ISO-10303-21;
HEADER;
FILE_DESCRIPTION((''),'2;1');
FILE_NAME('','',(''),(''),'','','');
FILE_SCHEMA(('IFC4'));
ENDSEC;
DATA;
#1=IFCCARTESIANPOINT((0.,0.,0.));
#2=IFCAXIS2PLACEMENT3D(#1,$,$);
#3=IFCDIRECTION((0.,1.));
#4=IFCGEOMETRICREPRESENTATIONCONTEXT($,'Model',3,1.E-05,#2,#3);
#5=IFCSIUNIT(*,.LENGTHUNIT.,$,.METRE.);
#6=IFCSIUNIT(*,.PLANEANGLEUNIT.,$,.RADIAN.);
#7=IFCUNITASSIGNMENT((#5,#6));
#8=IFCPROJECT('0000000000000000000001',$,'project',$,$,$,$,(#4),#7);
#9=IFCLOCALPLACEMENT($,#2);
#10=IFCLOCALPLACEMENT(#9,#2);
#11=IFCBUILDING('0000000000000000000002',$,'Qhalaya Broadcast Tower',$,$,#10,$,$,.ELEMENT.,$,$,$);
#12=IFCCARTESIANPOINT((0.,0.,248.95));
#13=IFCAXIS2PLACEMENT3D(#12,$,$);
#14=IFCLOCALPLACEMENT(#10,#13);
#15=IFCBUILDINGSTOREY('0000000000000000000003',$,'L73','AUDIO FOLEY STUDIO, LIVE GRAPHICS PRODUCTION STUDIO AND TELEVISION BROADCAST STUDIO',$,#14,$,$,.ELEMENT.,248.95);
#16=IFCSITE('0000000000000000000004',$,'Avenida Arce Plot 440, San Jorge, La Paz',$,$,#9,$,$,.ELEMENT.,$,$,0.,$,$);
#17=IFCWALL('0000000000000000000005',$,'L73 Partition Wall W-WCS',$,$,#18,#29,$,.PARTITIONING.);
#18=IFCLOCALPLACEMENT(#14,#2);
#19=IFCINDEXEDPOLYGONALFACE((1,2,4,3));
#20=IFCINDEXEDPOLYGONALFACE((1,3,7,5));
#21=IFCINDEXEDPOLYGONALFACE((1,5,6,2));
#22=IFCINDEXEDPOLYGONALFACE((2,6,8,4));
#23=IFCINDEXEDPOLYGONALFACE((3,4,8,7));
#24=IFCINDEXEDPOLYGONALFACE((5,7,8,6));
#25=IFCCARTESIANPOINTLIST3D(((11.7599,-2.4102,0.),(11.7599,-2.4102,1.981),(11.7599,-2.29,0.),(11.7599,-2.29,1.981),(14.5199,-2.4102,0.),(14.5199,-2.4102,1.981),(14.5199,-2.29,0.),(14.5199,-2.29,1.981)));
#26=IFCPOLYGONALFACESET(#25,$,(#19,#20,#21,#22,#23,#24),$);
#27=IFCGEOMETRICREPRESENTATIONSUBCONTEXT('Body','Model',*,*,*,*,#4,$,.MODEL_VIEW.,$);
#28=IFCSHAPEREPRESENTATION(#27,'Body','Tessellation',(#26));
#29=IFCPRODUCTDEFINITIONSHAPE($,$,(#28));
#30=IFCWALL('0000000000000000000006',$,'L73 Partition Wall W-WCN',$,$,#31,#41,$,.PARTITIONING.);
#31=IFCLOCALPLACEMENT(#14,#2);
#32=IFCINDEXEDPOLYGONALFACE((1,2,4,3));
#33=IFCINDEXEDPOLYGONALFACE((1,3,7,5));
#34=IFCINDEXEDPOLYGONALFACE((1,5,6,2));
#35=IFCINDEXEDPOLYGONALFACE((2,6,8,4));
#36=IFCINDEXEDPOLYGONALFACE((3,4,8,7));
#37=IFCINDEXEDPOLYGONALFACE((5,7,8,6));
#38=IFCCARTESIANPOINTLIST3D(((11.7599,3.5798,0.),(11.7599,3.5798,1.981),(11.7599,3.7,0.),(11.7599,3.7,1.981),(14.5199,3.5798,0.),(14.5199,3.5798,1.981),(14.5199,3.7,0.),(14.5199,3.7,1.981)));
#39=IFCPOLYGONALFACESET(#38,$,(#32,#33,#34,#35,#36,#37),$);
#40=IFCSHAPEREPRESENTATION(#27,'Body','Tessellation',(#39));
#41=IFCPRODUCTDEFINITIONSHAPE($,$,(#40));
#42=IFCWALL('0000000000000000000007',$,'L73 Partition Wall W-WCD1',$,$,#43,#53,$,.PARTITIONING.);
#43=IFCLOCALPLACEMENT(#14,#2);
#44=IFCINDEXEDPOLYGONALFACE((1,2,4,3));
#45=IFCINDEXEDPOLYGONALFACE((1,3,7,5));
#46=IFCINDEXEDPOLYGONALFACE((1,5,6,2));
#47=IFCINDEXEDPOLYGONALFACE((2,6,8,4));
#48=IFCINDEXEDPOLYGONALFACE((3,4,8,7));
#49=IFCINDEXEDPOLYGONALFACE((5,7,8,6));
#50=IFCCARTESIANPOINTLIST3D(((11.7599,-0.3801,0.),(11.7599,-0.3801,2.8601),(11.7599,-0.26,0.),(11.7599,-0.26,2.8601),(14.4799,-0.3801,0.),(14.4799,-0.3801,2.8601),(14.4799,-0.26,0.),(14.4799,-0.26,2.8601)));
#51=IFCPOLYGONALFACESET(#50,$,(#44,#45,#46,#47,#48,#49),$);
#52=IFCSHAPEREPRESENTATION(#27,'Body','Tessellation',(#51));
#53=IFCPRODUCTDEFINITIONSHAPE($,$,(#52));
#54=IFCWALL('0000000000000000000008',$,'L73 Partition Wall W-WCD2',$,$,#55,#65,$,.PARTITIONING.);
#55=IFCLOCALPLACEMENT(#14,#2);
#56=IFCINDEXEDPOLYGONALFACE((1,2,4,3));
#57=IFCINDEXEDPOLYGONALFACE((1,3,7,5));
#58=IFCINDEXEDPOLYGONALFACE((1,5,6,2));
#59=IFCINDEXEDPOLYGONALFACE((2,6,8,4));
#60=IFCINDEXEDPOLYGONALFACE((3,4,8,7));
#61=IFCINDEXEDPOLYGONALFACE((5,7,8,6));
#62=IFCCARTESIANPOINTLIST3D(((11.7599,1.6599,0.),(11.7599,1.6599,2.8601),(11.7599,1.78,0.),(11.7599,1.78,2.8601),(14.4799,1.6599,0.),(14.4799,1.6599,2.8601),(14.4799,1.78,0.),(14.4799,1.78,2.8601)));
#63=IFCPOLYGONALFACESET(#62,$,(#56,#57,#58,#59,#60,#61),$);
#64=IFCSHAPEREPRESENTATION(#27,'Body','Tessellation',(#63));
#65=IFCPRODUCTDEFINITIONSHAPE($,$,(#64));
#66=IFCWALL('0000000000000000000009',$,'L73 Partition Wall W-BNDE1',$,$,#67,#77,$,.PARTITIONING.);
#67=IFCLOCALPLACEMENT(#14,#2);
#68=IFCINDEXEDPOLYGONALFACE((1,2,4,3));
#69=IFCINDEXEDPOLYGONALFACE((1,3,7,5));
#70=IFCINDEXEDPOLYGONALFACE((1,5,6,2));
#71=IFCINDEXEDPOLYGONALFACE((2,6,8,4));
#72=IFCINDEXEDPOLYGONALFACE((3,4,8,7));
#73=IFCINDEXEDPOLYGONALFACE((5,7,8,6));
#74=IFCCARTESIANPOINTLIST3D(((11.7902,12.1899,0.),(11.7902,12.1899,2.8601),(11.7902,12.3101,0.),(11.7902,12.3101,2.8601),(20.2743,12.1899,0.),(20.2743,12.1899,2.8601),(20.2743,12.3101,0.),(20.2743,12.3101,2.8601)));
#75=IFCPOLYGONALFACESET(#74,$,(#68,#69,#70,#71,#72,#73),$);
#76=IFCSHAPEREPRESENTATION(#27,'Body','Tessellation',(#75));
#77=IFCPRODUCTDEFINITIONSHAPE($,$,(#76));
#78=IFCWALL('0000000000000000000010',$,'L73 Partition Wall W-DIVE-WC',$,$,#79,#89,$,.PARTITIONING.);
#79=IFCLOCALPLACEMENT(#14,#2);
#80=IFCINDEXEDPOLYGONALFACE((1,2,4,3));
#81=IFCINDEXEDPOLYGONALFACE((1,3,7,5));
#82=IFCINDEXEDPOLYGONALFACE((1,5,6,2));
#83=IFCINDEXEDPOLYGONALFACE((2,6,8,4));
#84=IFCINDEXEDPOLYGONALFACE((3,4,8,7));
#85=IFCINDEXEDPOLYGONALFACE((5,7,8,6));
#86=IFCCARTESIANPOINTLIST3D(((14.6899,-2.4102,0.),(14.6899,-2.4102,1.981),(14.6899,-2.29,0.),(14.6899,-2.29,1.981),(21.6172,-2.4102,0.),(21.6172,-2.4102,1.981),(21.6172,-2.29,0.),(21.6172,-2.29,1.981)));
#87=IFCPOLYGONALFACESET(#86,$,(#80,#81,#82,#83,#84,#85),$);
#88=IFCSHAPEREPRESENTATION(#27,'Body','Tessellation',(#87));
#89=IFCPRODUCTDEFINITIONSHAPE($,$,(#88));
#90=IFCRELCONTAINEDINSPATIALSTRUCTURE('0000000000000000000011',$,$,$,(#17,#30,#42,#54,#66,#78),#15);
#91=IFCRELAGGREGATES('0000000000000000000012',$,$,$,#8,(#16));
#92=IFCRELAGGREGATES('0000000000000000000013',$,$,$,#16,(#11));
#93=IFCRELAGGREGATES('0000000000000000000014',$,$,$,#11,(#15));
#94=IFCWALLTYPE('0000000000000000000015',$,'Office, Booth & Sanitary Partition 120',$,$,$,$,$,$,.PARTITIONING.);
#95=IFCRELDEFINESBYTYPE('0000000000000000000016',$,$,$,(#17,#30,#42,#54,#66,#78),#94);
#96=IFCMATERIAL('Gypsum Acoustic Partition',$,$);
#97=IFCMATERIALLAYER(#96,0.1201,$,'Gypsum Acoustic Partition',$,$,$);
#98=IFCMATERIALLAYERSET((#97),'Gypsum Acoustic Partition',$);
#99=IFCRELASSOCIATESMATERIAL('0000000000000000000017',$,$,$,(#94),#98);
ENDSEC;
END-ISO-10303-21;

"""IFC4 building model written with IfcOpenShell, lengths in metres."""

from ifc_helpers import new_model, si_unit, direction, frame, frame_2d, origin, place, context, subcontext, project, spatial, rectangle, extrude, material, layer, layer_set, type_object, element, save


model = new_model("IFC4")

# Units and contexts
model_context = context("Model", 3, precision=1e-05, world=origin(), true_north=direction((0.0, 1.0)))
body_context = subcontext(model_context, "Body", "Model", "MODEL_VIEW")
ifc_project = project(units=[si_unit("LENGTHUNIT", "METRE"), si_unit("PLANEANGLEUNIT", "RADIAN")], contexts=[model_context])

# Site, building, storey
site_placement = place(None, origin())
site = spatial("IfcSite", under=ifc_project, at=site_placement, Name="Avenida Arce Plot 440, San Jorge, La Paz", CompositionType="ELEMENT", RefElevation=0.0)
building_placement = place(site_placement, origin())
building = spatial("IfcBuilding", under=site, at=building_placement, Name="Qhalaya Broadcast Tower", CompositionType="ELEMENT")
storey_placement = place(building_placement, frame((0.0, 0.0, 248.95)))
storey = spatial("IfcBuildingStorey", under=building, at=storey_placement, Name="L73", Description="AUDIO FOLEY STUDIO, LIVE GRAPHICS PRODUCTION STUDIO AND TELEVISION BROADCAST STUDIO", CompositionType="ELEMENT", Elevation=248.95)

# Walls
ifc_material_1 = material(Name="Gypsum Acoustic Partition")
ifc_layer_1 = layer(ifc_material_1, 0.1201, Name="Gypsum Acoustic Partition")
ifc_layer_set_1 = layer_set([ifc_layer_1], Name="Gypsum Acoustic Partition")
wall_type = type_object("IfcWallType", Name="Office, Booth & Sanitary Partition 120", PredefinedType="PARTITIONING", material=ifc_layer_set_1)
for number, where, z_axis, x_axis, name in (
    (1, (11.76, -2.3501, 0.0), (0.0, 0.0, 1.0), (1.0, 0.0, 0.0), "L73 Partition Wall W-WCS"),
    (2, (11.76, 3.6399, 0.0), (0.0, 0.0, 1.0), (1.0, 0.0, 0.0), "L73 Partition Wall W-WCN"),
):
    element("IfcWall", number, at=place(storey_placement, frame(where, z_axis=z_axis, x_axis=x_axis)), inside=storey, type_object=wall_type, Name=name, PredefinedType="PARTITIONING", context=body_context, shape_type="SweptSolid", body=[
        extrude(rectangle(XDim=2.76, YDim=0.1201, at=frame_2d((1.3799, 0.0))), origin(), (0.0, 0.0, 1.0), 1.981),
    ])
for number, where, z_axis, x_axis, name in (
    (3, (11.76, -0.3201, 0.0), (0.0, 0.0, 1.0), (1.0, 0.0, 0.0), "L73 Partition Wall W-WCD1"),
    (4, (11.76, 1.72, 0.0), (0.0, 0.0, 1.0), (1.0, 0.0, 0.0), "L73 Partition Wall W-WCD2"),
):
    element("IfcWall", number, at=place(storey_placement, frame(where, z_axis=z_axis, x_axis=x_axis)), inside=storey, type_object=wall_type, Name=name, PredefinedType="PARTITIONING", context=body_context, shape_type="SweptSolid", body=[
        extrude(rectangle(XDim=2.72, YDim=0.1201, at=frame_2d((1.3599, 0.0))), origin(), (0.0, 0.0, 1.0), 2.8601),
    ])
wall_1_placement = place(storey_placement, frame((11.79, 12.25, 0.0), z_axis=(0.0, 0.0, 1.0), x_axis=(1.0, 0.0, 0.0)))
element("IfcWall", 5, at=wall_1_placement, inside=storey, type_object=wall_type, Name="L73 Partition Wall W-BNDE1", PredefinedType="PARTITIONING", context=body_context, shape_type="SweptSolid", body=[
    extrude(rectangle(XDim=8.4841, YDim=0.1201, at=frame_2d((4.2422, 0.0))), origin(), (0.0, 0.0, 1.0), 2.8601),
])
wall_2_placement = place(storey_placement, frame((14.6899, -2.3501, 0.0), z_axis=(0.0, 0.0, 1.0), x_axis=(1.0, 0.0, 0.0)))
element("IfcWall", 6, at=wall_2_placement, inside=storey, type_object=wall_type, Name="L73 Partition Wall W-DIVE-WC", PredefinedType="PARTITIONING", context=body_context, shape_type="SweptSolid", body=[
    extrude(rectangle(XDim=6.9272, YDim=0.1201, at=frame_2d((3.4636, 0.0))), origin(), (0.0, 0.0, 1.0), 1.981),
])

save(model, "model.ifc")
